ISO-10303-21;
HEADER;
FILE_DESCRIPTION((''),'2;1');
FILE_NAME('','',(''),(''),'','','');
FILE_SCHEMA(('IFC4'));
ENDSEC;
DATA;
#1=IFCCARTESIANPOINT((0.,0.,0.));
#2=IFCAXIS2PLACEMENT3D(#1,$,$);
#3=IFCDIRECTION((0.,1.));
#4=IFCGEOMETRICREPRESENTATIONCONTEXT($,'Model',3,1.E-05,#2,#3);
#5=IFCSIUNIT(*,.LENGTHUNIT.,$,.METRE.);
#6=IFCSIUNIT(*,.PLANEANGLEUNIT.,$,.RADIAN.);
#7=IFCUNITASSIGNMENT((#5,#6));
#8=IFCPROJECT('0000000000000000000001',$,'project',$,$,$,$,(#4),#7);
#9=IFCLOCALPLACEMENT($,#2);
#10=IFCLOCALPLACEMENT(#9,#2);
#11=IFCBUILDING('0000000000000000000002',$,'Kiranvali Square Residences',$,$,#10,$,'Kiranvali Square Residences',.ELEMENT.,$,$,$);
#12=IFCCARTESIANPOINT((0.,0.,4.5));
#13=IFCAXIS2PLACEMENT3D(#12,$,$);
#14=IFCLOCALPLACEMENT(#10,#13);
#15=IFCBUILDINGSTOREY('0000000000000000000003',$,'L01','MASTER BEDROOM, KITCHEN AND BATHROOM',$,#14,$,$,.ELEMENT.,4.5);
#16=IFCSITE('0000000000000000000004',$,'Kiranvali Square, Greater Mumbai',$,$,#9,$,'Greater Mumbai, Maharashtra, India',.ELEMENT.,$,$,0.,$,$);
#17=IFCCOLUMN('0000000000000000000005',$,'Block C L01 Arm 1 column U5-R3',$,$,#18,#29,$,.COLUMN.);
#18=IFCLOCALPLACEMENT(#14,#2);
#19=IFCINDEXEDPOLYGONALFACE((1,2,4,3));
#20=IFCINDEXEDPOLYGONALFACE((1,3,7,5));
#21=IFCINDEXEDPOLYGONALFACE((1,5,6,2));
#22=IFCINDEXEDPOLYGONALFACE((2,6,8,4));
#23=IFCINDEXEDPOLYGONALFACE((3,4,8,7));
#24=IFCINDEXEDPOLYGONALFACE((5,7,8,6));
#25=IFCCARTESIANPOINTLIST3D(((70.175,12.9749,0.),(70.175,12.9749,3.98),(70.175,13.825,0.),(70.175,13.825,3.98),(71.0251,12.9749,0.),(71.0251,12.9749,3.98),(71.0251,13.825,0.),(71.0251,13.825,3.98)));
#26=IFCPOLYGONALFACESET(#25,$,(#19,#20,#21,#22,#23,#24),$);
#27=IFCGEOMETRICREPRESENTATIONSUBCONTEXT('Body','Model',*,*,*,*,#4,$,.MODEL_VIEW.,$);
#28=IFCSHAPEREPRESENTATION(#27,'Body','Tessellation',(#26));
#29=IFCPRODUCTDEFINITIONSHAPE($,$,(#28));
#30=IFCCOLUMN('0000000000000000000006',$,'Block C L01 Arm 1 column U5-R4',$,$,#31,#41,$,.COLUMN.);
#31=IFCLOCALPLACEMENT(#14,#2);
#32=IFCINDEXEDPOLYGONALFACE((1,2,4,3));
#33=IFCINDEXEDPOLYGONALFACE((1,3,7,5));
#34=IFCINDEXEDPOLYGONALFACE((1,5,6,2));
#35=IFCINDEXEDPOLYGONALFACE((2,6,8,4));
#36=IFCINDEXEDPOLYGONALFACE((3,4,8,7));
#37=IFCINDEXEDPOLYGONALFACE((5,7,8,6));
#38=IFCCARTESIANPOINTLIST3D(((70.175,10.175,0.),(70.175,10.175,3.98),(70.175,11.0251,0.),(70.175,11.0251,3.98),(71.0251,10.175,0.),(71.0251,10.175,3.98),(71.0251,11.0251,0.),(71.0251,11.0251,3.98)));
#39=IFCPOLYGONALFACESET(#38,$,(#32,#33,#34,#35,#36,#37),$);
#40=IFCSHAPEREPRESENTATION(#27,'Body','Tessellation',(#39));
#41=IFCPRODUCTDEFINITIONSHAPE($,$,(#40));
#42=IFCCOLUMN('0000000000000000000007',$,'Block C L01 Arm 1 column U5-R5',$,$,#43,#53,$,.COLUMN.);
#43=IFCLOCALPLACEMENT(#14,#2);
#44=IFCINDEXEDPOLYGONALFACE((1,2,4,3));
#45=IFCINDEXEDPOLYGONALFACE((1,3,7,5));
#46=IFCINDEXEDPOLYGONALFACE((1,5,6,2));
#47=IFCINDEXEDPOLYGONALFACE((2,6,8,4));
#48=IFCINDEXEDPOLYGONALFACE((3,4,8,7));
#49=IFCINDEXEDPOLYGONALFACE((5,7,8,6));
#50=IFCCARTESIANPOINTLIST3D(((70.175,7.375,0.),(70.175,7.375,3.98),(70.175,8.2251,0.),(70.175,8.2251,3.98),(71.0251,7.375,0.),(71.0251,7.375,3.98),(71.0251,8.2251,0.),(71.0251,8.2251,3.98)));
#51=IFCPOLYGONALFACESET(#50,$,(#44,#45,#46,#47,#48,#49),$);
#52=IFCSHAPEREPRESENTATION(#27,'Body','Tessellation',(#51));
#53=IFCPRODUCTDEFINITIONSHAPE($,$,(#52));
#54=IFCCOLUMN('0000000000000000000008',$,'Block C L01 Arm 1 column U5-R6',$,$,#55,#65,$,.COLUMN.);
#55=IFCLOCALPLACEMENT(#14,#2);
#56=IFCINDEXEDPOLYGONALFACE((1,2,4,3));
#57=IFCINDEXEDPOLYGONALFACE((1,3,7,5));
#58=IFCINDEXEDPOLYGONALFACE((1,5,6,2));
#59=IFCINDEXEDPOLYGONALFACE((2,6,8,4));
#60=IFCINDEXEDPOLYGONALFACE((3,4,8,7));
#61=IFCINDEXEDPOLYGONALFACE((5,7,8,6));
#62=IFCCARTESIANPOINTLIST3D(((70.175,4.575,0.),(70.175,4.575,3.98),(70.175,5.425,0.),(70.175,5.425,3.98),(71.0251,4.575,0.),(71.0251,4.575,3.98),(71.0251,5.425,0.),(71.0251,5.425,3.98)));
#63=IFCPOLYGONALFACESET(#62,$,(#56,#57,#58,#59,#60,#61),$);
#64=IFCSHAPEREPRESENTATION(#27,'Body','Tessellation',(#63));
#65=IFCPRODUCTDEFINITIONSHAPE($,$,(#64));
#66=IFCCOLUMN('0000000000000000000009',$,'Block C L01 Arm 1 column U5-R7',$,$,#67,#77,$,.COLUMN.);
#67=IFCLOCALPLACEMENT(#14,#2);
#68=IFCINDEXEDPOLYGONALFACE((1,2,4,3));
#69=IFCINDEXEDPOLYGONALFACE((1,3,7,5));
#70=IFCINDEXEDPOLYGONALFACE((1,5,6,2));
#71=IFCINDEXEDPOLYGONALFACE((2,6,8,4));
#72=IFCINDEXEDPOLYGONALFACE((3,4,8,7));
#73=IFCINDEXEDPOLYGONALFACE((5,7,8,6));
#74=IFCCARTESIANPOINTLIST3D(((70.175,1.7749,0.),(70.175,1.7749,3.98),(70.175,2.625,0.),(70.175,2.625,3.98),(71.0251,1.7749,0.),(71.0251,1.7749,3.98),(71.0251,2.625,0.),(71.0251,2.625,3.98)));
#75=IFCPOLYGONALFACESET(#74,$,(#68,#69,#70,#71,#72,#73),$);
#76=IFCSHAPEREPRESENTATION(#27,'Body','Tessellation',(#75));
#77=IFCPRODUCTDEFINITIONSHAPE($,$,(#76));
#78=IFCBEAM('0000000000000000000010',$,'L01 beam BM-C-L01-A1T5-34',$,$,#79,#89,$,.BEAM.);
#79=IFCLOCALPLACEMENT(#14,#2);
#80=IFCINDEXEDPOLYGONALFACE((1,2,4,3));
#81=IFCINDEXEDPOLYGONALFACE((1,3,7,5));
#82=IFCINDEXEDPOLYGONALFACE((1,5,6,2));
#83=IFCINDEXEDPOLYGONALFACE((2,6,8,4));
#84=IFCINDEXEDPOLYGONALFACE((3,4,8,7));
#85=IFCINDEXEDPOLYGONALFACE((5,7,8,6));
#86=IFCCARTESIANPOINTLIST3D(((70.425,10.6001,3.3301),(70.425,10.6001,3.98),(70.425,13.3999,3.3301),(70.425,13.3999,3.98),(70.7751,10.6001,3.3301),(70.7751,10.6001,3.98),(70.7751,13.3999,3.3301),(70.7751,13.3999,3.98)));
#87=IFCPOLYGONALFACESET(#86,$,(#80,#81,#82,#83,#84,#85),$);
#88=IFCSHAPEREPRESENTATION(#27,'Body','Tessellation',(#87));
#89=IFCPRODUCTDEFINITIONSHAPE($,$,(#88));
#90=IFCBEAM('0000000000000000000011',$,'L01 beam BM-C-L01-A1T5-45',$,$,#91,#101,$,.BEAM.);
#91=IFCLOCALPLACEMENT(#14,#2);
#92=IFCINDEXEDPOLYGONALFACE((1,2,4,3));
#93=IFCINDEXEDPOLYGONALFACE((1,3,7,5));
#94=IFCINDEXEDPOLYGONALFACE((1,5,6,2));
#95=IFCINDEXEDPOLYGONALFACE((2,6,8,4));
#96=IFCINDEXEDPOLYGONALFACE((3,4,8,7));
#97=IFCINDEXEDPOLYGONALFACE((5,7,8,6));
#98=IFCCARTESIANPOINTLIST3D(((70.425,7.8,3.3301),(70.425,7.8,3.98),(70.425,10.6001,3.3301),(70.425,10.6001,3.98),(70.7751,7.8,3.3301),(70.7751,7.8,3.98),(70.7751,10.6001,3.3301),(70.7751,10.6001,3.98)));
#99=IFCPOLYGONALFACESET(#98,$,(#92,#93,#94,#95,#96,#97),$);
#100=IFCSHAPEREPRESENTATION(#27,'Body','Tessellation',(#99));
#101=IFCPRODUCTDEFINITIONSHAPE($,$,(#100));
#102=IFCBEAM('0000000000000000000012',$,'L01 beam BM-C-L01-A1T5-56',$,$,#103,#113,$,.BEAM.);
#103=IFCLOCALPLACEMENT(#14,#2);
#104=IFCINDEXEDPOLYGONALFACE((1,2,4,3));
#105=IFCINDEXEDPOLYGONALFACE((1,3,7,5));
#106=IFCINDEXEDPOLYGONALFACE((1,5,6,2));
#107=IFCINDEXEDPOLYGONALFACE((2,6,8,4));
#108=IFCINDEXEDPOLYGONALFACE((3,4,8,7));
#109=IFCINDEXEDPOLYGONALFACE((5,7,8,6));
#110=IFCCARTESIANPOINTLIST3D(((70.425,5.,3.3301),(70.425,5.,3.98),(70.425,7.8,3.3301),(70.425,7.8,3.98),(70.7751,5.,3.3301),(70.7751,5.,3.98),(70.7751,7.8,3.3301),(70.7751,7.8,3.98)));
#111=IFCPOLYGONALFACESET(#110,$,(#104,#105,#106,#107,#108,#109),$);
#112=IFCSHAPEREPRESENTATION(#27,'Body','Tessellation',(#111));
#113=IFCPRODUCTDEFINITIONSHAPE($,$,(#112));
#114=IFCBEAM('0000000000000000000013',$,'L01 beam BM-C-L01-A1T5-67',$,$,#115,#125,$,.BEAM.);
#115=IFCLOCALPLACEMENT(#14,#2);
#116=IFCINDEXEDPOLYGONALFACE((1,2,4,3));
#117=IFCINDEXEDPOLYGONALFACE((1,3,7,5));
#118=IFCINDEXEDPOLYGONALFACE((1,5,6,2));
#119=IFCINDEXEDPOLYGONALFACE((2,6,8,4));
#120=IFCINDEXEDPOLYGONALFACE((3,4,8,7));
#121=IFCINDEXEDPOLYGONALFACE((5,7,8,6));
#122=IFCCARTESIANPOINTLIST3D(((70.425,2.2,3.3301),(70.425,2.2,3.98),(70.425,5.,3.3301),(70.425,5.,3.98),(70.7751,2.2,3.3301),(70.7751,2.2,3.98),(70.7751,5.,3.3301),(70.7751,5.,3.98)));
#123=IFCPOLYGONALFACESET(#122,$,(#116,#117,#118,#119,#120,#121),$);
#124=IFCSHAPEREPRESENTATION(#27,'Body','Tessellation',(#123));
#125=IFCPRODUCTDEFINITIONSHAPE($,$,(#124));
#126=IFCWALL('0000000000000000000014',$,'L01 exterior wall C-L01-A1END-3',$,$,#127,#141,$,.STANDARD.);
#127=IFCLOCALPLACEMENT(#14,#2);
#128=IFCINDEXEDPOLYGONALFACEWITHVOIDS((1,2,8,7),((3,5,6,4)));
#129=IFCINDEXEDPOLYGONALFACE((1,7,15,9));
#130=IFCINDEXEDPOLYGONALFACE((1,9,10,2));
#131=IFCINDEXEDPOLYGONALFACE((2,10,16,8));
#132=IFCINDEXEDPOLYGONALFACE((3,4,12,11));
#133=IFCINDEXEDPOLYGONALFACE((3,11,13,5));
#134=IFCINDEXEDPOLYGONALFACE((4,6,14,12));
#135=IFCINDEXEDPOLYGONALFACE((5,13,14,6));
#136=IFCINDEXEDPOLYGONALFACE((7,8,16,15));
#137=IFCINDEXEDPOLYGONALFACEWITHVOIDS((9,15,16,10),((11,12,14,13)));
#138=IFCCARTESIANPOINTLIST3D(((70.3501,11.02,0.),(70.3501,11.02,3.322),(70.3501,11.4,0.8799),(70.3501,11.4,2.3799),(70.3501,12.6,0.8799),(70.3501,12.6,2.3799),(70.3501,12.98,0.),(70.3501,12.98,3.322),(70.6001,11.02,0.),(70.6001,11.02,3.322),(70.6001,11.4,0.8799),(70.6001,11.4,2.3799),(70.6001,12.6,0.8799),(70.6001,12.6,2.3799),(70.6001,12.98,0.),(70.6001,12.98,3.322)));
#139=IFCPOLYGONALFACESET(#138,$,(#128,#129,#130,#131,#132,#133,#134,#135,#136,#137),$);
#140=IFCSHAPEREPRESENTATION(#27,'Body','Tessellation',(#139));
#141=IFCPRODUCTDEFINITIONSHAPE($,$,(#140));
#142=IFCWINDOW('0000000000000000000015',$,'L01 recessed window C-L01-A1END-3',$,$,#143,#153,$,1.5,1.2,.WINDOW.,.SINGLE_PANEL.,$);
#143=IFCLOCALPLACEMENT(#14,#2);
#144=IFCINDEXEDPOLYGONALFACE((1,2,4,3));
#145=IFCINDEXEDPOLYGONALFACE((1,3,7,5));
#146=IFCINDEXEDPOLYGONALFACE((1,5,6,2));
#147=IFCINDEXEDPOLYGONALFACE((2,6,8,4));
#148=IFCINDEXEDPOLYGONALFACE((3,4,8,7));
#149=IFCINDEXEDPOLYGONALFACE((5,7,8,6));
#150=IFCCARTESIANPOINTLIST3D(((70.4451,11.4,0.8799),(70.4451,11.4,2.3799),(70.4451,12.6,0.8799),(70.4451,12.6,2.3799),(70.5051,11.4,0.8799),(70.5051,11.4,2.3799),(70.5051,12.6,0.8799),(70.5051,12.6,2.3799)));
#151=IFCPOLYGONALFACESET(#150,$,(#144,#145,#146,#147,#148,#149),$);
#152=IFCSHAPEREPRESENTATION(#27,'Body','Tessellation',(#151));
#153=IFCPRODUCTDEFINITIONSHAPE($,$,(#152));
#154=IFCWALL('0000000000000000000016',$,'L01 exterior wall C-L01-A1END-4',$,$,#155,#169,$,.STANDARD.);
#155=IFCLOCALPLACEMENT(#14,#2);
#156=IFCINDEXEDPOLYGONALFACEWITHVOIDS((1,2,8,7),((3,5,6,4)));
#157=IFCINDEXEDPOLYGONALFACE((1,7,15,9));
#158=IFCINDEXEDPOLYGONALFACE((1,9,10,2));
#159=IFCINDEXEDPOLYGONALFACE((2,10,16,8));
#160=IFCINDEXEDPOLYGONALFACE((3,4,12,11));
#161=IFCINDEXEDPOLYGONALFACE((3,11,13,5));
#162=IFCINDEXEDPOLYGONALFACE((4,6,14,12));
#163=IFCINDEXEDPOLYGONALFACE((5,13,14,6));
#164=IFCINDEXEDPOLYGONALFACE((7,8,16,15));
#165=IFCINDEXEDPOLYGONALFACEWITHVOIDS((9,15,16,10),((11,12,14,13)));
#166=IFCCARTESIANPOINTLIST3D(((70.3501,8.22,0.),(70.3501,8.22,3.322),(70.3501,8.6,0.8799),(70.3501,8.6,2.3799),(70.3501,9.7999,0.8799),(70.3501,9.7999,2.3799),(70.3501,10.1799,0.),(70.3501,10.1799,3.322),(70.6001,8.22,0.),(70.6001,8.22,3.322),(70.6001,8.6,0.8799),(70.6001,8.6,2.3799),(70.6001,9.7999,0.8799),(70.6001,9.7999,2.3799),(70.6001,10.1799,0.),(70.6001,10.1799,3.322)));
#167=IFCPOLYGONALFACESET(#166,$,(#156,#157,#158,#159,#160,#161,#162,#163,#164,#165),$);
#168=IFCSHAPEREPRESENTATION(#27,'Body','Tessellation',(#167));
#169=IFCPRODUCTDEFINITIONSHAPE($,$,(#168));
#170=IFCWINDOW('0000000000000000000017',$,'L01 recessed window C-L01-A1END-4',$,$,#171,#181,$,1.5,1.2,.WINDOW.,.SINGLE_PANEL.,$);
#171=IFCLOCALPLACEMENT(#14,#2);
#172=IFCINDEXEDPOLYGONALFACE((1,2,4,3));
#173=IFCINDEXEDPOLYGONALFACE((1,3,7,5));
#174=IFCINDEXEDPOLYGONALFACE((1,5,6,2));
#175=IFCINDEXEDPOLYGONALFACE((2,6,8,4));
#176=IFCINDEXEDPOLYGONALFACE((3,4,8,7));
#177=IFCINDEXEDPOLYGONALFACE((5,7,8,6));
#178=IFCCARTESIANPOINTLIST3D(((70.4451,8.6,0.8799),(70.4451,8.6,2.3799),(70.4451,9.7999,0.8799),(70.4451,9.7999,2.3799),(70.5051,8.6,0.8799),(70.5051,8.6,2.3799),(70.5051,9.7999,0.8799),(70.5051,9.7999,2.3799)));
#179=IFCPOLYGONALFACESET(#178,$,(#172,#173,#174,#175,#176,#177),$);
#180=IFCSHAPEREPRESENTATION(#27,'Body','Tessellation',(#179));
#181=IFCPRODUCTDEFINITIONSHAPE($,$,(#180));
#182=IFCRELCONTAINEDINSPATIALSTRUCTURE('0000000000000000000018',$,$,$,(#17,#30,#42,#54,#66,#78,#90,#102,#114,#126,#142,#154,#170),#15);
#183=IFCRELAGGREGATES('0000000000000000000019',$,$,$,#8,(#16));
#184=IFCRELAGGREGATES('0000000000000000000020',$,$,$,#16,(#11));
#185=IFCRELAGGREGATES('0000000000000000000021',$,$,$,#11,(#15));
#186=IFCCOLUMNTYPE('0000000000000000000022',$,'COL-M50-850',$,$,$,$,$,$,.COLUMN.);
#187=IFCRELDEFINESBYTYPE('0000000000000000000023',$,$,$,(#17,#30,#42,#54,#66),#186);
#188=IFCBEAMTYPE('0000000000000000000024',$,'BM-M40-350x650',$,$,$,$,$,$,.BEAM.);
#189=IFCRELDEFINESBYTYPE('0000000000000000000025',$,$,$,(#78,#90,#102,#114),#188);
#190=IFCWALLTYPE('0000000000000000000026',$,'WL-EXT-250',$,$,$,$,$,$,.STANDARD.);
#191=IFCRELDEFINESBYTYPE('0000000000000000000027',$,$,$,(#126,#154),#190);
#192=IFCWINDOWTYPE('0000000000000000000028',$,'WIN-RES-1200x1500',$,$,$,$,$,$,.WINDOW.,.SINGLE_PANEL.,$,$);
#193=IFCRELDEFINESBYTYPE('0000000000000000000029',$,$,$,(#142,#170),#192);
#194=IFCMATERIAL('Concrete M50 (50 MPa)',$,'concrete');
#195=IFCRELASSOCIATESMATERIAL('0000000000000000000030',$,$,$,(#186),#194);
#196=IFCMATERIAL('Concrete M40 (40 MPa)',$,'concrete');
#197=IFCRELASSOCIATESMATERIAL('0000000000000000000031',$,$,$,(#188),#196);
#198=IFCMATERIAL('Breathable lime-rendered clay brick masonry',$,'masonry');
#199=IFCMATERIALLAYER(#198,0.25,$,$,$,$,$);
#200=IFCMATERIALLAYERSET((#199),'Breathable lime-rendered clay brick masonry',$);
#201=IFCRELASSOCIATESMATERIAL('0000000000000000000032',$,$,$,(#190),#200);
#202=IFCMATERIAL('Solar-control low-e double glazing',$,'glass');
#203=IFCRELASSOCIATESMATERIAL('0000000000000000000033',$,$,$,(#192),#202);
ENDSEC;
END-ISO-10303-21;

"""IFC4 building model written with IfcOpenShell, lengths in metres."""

from ifc_helpers import new_model, si_unit, direction, frame, frame_2d, origin, origin_2d, place, context, subcontext, project, spatial, rectangle, extrude, material, layer, layer_set, material_profile, profile_set, type_object, element, fill, save


model = new_model("IFC4")

# Units and contexts
model_context = context("Model", 3, precision=1e-05, world=origin(), true_north=direction((0.0, 1.0)))
body_context = subcontext(model_context, "Body", "Model", "MODEL_VIEW")
ifc_project = project(units=[si_unit("LENGTHUNIT", "METRE"), si_unit("PLANEANGLEUNIT", "RADIAN")], contexts=[model_context])

# Site, building, storey
site_placement = place(None, origin())
site = spatial("IfcSite", under=ifc_project, at=site_placement, Name="Kiranvali Square, Greater Mumbai", LongName="Greater Mumbai, Maharashtra, India", CompositionType="ELEMENT", RefElevation=0.0)
building_placement = place(site_placement, origin())
building = spatial("IfcBuilding", under=site, at=building_placement, Name="Kiranvali Square Residences", LongName="Kiranvali Square Residences", CompositionType="ELEMENT")
storey_placement = place(building_placement, frame((0.0, 0.0, 4.5)))
storey = spatial("IfcBuildingStorey", under=building, at=storey_placement, Name="L01", Description="MASTER BEDROOM, KITCHEN AND BATHROOM", CompositionType="ELEMENT", Elevation=4.5)

# Columns
ifc_material_1 = material(Name="Concrete M50 (50 MPa)", Category="concrete")
ifc_material_profile_1 = material_profile(ifc_material_1, rectangle(XDim=0.8501, YDim=0.8501, at=origin_2d()), Name="RC 850x850")
ifc_profile_set_1 = profile_set([ifc_material_profile_1], Name="Concrete M50 (50 MPa)")
column_type = type_object("IfcColumnType", Name="COL-M50-850", PredefinedType="COLUMN", material=ifc_profile_set_1)
for number, where, z_axis, x_axis, name in (
    (1, (70.6001, 13.3999, 0.0), (0.0, 0.0, 1.0), (1.0, 0.0, 0.0), "Block C L01 Arm 1 column U5-R3"),
    (2, (70.6001, 10.6001, 0.0), (0.0, 0.0, 1.0), (1.0, 0.0, 0.0), "Block C L01 Arm 1 column U5-R4"),
    (3, (70.6001, 7.8, 0.0), (0.0, 0.0, 1.0), (1.0, 0.0, 0.0), "Block C L01 Arm 1 column U5-R5"),
    (4, (70.6001, 5.0, 0.0), (0.0, 0.0, 1.0), (1.0, 0.0, 0.0), "Block C L01 Arm 1 column U5-R6"),
    (5, (70.6001, 2.2, 0.0), (0.0, 0.0, 1.0), (1.0, 0.0, 0.0), "Block C L01 Arm 1 column U5-R7"),
):
    element("IfcColumn", number, at=place(storey_placement, frame(where, z_axis=z_axis, x_axis=x_axis)), inside=storey, type_object=column_type, Name=name, PredefinedType="COLUMN", context=body_context, shape_type="SweptSolid", body=[
        extrude(rectangle(XDim=0.8501, YDim=0.8501, at=origin_2d()), origin(), (0.0, 0.0, 1.0), 3.98),
    ])

# Beams
ifc_material_2 = material(Name="Concrete M40 (40 MPa)", Category="concrete")
ifc_material_profile_2 = material_profile(ifc_material_2, rectangle(XDim=0.3501, YDim=0.6499, at=origin_2d()), Name="RC 350x650")
ifc_profile_set_2 = profile_set([ifc_material_profile_2], Name="Concrete M40 (40 MPa)")
beam_type = type_object("IfcBeamType", Name="BM-M40-350x650", PredefinedType="BEAM", material=ifc_profile_set_2)
beam_placement = place(storey_placement, frame((70.6001, 13.3999, 3.655), z_axis=(0.0, -1.0, 0.0), x_axis=(1.0, 0.0, 0.0)))
element("IfcBeam", 6, at=beam_placement, inside=storey, type_object=beam_type, Name="L01 beam BM-C-L01-A1T5-34", PredefinedType="BEAM", context=body_context, shape_type="SweptSolid", body=[
    extrude(rectangle(XDim=0.3501, YDim=0.6499, at=origin_2d()), origin(), (0.0, 0.0, 1.0), 2.7998),
])
for number, where, z_axis, x_axis, name in (
    (7, (70.6001, 10.6001, 3.655), (0.0, -1.0, 0.0), (1.0, 0.0, 0.0), "L01 beam BM-C-L01-A1T5-45"),
    (8, (70.6001, 7.8, 3.655), (0.0, -1.0, 0.0), (1.0, 0.0, 0.0), "L01 beam BM-C-L01-A1T5-56"),
    (9, (70.6001, 5.0, 3.655), (0.0, -1.0, 0.0), (1.0, 0.0, 0.0), "L01 beam BM-C-L01-A1T5-67"),
):
    element("IfcBeam", number, at=place(storey_placement, frame(where, z_axis=z_axis, x_axis=x_axis)), inside=storey, type_object=beam_type, Name=name, PredefinedType="BEAM", context=body_context, shape_type="SweptSolid", body=[
        extrude(rectangle(XDim=0.3501, YDim=0.6499, at=origin_2d()), origin(), (0.0, 0.0, 1.0), 2.8),
    ])

# Walls, openings, windows
ifc_material_3 = material(Name="Breathable lime-rendered clay brick masonry", Category="masonry")
ifc_layer_1 = layer(ifc_material_3, 0.25)
ifc_layer_set_1 = layer_set([ifc_layer_1], Name="Breathable lime-rendered clay brick masonry")
wall_type_1 = type_object("IfcWallType", Name="WL-EXT-250", PredefinedType="STANDARD", material=ifc_layer_set_1)
wall_1_placement = place(storey_placement, frame((70.4751, 12.98, 0.0), z_axis=(0.0, 0.0, 1.0), x_axis=(0.0, -1.0, 0.0)))
wall_1 = element("IfcWall", 10, at=wall_1_placement, inside=storey, type_object=wall_type_1, Name="L01 exterior wall C-L01-A1END-3", PredefinedType="STANDARD", context=body_context, shape_type="SweptSolid", body=[
    extrude(rectangle(XDim=1.96, YDim=0.25, at=frame_2d((0.98, 0.0))), origin(), (0.0, 0.0, 1.0), 3.322),
])
opening_1_placement = place(wall_1_placement, frame((0.3799, 0.0, 0.8799)))
opening_1 = element("IfcOpeningElement", 11, at=opening_1_placement, cuts=wall_1, PredefinedType="OPENING", context=body_context, shape_type="SweptSolid", body=[
    extrude(rectangle(XDim=1.2, YDim=1.5, at=frame_2d((0.6001, 0.75))), frame((0.0, 0.135, 0.0), z_axis=(0.0, -1.0, 0.0), x_axis=(1.0, 0.0, 0.0)), (0.0, 0.0, 1.0), 0.27),
])
ifc_material_4 = material(Name="Solar-control low-e double glazing", Category="glass")
window_type = type_object("IfcWindowType", Name="WIN-RES-1200x1500", PartitioningType="SINGLE_PANEL", PredefinedType="WINDOW", material=ifc_material_4)
window_1_placement = place(opening_1_placement, origin())
window_1 = element("IfcWindow", 12, at=window_1_placement, inside=storey, type_object=window_type, Name="L01 recessed window C-L01-A1END-3", OverallHeight=1.5, OverallWidth=1.2, PartitioningType="SINGLE_PANEL", PredefinedType="WINDOW", context=body_context, shape_type="SweptSolid", body=[
    extrude(rectangle(XDim=1.2, YDim=1.5, at=frame_2d((0.6001, 0.75))), frame((0.0, 0.03, 0.0), z_axis=(0.0, -1.0, 0.0), x_axis=(1.0, 0.0, 0.0)), (0.0, 0.0, 1.0), 0.0601),
])
fill(opening_1, window_1)
wall_2_placement = place(storey_placement, frame((70.4751, 10.1799, 0.0), z_axis=(0.0, 0.0, 1.0), x_axis=(0.0, -1.0, 0.0)))
wall_2 = element("IfcWall", 13, at=wall_2_placement, inside=storey, type_object=wall_type_1, Name="L01 exterior wall C-L01-A1END-4", PredefinedType="STANDARD", context=body_context, shape_type="SweptSolid", body=[
    extrude(rectangle(XDim=1.96, YDim=0.25, at=frame_2d((0.98, 0.0))), origin(), (0.0, 0.0, 1.0), 3.322),
])
opening_2_placement = place(wall_2_placement, frame((0.3799, 0.0, 0.8799)))
opening_2 = element("IfcOpeningElement", 14, at=opening_2_placement, cuts=wall_2, PredefinedType="OPENING", context=body_context, shape_type="SweptSolid", body=[
    extrude(rectangle(XDim=1.2, YDim=1.5, at=frame_2d((0.6001, 0.75))), frame((0.0, 0.135, 0.0), z_axis=(0.0, -1.0, 0.0), x_axis=(1.0, 0.0, 0.0)), (0.0, 0.0, 1.0), 0.27),
])
window_2_placement = place(opening_2_placement, origin())
window_2 = element("IfcWindow", 15, at=window_2_placement, inside=storey, type_object=window_type, Name="L01 recessed window C-L01-A1END-4", OverallHeight=1.5, OverallWidth=1.2, PartitioningType="SINGLE_PANEL", PredefinedType="WINDOW", context=body_context, shape_type="SweptSolid", body=[
    extrude(rectangle(XDim=1.2, YDim=1.5, at=frame_2d((0.6001, 0.75))), frame((0.0, 0.03, 0.0), z_axis=(0.0, -1.0, 0.0), x_axis=(1.0, 0.0, 0.0)), (0.0, 0.0, 1.0), 0.0601),
])
fill(opening_2, window_2)

save(model, "model.ifc")
